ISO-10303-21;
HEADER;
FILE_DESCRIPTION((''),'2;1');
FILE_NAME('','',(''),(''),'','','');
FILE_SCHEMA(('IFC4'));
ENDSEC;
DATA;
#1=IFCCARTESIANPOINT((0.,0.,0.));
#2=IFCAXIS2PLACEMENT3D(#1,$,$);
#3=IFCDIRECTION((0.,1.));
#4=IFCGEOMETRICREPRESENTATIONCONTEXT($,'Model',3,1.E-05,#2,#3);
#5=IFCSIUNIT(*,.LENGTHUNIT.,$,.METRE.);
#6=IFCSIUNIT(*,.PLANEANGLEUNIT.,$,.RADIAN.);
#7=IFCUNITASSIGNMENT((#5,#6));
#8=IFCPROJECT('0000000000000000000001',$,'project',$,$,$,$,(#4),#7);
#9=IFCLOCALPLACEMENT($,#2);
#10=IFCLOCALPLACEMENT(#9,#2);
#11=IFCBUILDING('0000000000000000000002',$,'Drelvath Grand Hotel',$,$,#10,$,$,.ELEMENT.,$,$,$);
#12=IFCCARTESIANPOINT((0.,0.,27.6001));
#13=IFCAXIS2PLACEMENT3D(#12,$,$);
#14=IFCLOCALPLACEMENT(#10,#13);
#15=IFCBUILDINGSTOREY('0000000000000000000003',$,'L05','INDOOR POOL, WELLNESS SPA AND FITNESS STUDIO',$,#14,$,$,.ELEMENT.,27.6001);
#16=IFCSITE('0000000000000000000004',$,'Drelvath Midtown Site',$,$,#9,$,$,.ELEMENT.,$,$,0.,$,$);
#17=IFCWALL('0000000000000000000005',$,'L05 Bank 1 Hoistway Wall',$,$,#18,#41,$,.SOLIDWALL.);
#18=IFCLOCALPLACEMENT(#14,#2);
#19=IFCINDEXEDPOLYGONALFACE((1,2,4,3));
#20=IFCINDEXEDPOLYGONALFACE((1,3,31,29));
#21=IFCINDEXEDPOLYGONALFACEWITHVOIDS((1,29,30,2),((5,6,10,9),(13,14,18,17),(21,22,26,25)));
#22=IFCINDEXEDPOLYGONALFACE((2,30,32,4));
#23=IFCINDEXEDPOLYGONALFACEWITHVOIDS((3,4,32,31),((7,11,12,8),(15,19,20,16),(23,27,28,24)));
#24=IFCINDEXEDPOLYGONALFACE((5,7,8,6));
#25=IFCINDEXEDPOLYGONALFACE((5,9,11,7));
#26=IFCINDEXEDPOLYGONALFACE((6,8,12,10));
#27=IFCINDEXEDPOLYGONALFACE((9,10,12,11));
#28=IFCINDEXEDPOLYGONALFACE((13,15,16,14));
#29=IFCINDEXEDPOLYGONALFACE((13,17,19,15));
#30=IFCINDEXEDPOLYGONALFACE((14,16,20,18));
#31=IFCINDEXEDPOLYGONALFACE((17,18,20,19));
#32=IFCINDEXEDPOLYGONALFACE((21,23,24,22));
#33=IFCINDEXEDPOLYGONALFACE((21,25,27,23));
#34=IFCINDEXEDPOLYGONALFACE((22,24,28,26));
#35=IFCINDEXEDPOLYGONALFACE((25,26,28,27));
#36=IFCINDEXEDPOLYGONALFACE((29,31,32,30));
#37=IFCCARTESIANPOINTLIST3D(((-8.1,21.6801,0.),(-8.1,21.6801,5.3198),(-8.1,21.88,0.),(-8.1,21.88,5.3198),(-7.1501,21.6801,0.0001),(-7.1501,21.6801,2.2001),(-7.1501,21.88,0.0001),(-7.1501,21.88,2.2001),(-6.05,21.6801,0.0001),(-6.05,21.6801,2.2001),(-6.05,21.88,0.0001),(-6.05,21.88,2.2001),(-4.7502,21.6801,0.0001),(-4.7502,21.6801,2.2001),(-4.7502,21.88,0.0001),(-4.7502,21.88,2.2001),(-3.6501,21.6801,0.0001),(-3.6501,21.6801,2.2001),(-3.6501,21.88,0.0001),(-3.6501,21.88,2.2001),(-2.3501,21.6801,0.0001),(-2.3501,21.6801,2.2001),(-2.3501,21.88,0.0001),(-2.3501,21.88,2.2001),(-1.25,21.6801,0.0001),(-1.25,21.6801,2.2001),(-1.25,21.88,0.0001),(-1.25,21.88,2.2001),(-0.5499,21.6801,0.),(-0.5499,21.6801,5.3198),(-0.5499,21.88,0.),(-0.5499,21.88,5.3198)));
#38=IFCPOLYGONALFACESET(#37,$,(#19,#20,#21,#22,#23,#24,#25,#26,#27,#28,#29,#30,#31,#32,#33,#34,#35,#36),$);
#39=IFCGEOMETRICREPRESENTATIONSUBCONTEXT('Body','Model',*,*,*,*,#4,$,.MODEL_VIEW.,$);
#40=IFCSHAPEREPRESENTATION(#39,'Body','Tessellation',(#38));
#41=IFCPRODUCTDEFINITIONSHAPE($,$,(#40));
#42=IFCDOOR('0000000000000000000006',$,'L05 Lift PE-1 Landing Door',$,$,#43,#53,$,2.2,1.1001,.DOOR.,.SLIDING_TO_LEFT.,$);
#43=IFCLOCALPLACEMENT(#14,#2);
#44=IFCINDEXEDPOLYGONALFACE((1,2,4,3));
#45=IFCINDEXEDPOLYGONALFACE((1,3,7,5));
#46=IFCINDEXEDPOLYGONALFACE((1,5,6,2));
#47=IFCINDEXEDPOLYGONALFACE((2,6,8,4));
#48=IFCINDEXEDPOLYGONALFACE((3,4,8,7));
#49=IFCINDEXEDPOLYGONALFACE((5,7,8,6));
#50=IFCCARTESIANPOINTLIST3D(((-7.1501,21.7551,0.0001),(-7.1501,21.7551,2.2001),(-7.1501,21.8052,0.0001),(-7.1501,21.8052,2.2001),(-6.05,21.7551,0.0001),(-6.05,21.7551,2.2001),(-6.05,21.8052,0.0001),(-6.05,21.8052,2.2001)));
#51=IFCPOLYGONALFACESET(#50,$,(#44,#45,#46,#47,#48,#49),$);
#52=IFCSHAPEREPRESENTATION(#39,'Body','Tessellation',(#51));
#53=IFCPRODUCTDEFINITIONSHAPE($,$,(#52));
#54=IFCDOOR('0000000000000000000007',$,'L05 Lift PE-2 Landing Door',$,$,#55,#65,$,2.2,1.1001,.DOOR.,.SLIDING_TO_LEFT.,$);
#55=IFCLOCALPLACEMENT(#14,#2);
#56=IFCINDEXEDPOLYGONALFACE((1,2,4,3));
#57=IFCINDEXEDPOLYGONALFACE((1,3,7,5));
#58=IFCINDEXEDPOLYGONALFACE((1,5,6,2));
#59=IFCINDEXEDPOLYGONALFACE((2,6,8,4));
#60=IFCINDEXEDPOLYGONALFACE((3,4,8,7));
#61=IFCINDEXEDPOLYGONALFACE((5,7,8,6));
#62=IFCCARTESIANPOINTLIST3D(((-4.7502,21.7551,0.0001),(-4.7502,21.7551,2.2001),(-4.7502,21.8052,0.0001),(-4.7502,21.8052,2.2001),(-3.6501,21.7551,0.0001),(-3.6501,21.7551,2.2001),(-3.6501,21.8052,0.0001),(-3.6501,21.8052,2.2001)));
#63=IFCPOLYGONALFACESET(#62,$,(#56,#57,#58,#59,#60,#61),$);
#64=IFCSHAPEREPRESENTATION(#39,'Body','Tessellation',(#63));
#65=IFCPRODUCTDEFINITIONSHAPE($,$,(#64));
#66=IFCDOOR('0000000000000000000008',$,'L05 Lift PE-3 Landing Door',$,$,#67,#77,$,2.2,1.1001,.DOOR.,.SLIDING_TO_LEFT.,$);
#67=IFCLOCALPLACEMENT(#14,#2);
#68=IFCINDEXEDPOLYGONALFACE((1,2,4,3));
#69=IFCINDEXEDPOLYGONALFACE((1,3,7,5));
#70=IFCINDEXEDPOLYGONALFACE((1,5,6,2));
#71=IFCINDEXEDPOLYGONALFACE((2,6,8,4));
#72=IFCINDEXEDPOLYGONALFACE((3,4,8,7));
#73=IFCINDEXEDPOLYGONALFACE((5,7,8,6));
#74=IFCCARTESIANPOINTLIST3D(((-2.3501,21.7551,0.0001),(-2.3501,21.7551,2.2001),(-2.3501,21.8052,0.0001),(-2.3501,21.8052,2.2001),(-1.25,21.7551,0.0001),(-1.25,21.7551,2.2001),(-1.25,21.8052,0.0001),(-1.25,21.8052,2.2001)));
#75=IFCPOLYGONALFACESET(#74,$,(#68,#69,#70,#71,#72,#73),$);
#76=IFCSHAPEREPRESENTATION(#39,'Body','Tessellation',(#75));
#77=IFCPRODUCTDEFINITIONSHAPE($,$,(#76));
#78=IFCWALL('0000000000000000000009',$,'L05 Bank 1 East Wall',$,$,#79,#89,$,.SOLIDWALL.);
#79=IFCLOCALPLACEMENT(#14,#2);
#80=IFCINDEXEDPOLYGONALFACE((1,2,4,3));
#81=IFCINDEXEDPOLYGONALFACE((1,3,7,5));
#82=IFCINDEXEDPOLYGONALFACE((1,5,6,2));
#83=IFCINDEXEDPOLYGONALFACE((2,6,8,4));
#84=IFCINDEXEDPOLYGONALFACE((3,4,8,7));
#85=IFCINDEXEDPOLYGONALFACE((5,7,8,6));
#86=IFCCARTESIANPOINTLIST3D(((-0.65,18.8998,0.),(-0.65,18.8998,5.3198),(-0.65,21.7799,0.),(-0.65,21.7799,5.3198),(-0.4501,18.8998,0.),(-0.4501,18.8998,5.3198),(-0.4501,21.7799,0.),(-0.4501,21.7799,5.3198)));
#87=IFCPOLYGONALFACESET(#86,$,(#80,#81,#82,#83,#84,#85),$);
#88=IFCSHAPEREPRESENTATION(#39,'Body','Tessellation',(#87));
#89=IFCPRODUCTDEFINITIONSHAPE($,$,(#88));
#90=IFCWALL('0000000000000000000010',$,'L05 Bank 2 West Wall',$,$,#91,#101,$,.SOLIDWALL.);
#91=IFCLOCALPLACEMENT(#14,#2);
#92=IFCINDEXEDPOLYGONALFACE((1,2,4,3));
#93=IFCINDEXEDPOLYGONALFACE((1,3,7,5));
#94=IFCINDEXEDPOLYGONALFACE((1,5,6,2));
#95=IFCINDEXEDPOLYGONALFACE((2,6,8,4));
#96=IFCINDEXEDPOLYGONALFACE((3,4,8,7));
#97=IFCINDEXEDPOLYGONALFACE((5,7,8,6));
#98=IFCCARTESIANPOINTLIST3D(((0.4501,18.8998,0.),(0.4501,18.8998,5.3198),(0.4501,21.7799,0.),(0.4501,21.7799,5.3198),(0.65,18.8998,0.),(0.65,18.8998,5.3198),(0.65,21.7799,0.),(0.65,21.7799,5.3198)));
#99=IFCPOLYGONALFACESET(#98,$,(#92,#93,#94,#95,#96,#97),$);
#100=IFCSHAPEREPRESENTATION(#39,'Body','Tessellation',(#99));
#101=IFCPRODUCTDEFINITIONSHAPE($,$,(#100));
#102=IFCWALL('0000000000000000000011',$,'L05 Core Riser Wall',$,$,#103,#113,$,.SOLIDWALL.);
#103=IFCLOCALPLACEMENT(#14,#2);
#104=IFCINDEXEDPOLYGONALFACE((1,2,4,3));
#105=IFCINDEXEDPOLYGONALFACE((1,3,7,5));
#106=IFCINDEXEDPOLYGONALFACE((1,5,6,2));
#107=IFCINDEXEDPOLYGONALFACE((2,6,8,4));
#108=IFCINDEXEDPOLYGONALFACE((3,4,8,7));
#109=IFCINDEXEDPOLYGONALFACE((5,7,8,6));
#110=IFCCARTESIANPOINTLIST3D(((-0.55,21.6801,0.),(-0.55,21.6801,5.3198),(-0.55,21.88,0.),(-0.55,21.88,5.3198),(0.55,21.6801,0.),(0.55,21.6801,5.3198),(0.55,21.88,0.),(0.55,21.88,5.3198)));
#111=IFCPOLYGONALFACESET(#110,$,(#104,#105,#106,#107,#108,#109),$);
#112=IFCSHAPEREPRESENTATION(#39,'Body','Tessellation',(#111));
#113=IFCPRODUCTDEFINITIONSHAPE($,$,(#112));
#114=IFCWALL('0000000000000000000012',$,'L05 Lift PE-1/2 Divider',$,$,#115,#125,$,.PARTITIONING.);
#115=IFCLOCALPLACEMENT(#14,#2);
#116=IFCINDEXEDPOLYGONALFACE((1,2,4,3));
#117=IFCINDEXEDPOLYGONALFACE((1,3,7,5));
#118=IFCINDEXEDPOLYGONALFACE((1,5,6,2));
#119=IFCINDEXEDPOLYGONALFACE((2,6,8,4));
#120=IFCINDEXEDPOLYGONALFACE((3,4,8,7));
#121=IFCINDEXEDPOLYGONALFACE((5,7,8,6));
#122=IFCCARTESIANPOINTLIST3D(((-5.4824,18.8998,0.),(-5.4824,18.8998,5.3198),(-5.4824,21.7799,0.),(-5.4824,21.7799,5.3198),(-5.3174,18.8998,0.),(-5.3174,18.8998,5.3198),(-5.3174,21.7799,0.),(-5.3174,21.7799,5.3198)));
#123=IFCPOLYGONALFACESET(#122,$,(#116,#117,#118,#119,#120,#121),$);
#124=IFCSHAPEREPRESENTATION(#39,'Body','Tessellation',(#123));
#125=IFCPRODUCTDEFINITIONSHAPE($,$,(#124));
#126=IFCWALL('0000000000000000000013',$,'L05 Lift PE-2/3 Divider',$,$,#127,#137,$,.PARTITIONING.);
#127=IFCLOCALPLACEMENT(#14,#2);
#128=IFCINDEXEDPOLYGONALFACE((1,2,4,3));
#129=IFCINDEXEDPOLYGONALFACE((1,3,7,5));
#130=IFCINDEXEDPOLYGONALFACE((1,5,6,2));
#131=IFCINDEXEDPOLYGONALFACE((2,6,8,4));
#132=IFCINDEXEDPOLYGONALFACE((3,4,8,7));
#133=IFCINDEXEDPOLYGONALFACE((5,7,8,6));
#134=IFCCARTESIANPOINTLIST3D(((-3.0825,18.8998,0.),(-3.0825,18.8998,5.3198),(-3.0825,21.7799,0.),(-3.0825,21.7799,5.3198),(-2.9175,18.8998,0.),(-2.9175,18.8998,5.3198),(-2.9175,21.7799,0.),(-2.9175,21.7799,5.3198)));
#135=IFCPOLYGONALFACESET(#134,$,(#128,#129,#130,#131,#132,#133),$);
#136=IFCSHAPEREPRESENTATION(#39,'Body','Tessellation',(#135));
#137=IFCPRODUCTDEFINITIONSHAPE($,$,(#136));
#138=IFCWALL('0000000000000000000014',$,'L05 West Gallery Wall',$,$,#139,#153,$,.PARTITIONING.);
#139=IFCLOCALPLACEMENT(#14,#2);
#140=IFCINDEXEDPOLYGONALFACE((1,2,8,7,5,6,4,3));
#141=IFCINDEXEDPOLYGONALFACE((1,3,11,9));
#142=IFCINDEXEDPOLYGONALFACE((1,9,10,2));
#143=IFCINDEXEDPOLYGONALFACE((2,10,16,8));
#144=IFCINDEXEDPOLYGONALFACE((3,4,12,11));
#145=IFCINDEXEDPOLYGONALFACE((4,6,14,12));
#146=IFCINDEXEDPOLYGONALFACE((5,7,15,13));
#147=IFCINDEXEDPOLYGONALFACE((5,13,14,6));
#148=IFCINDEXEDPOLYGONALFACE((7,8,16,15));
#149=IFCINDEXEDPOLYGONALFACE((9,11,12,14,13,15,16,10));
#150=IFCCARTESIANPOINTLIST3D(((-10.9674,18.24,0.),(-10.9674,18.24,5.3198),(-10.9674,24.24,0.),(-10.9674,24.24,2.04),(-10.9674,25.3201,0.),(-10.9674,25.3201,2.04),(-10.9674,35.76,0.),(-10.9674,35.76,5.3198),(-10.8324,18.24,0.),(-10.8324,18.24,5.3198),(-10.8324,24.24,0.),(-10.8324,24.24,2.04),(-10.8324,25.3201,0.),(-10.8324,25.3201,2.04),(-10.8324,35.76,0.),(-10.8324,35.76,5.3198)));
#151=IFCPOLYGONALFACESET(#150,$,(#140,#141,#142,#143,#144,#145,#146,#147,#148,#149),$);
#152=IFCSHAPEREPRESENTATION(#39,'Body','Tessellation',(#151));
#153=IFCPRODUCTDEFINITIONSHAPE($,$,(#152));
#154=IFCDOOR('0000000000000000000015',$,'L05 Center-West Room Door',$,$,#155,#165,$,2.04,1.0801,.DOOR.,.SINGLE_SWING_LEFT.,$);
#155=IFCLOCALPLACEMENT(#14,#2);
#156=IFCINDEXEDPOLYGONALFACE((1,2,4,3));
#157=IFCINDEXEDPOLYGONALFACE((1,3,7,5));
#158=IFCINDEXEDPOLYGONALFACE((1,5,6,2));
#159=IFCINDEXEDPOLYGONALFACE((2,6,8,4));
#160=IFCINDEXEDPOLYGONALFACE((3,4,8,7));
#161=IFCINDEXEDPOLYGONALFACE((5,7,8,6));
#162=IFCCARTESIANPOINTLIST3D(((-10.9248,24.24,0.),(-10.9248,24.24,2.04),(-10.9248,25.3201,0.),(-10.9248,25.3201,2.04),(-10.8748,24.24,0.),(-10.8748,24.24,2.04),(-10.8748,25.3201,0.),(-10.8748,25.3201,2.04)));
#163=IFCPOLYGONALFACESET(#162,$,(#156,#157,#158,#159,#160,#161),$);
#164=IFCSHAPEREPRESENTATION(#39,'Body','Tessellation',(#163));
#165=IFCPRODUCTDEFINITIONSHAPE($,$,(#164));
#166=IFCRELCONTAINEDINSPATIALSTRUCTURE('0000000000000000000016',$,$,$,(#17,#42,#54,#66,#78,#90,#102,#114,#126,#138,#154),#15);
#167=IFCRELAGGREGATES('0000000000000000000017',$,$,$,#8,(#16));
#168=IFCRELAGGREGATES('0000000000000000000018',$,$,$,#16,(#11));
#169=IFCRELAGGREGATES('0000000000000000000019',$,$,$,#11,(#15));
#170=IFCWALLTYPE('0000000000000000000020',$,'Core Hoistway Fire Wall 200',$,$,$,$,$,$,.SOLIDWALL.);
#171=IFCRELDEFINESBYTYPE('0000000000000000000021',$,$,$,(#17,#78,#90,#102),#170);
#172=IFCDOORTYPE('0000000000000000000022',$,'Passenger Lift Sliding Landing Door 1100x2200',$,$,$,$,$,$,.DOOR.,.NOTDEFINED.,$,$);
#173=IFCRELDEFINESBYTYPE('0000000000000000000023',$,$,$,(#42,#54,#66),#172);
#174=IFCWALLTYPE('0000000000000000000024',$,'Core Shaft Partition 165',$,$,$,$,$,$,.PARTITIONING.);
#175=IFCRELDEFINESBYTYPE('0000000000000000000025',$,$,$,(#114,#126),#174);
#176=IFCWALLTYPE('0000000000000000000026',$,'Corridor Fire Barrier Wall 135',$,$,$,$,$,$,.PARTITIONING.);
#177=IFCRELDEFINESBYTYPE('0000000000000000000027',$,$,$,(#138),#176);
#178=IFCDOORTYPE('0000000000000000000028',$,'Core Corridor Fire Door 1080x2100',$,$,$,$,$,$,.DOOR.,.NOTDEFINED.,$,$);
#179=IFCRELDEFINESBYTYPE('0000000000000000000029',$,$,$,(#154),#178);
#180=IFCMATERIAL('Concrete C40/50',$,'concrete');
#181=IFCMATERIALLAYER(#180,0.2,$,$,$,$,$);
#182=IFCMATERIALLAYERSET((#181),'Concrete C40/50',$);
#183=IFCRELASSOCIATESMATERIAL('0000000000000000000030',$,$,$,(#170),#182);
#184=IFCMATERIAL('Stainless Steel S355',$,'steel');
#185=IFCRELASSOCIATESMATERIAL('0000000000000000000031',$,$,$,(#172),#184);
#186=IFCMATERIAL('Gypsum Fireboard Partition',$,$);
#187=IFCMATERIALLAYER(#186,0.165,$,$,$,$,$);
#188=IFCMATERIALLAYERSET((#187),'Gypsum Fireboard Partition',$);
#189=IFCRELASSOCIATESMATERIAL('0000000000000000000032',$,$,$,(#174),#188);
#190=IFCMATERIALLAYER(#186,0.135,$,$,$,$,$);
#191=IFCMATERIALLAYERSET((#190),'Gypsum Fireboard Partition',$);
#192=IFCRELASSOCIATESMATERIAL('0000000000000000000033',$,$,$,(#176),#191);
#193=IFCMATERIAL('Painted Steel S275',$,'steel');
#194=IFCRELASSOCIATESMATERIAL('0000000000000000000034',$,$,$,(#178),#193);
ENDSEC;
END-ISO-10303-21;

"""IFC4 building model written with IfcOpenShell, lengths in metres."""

from ifc_helpers import new_model, si_unit, direction, frame, frame_2d, origin, place, context, subcontext, project, spatial, rectangle, extrude, material, layer, layer_set, type_object, element, fill, save


model = new_model("IFC4")

# Units and contexts
model_context = context("Model", 3, precision=1e-05, world=origin(), true_north=direction((0.0, 1.0)))
body_context = subcontext(model_context, "Body", "Model", "MODEL_VIEW")
ifc_project = project(units=[si_unit("LENGTHUNIT", "METRE"), si_unit("PLANEANGLEUNIT", "RADIAN")], contexts=[model_context])

# Site, building, storey
site_placement = place(None, origin())
site = spatial("IfcSite", under=ifc_project, at=site_placement, Name="Drelvath Midtown Site", CompositionType="ELEMENT", RefElevation=0.0)
building_placement = place(site_placement, origin())
building = spatial("IfcBuilding", under=site, at=building_placement, Name="Drelvath Grand Hotel", CompositionType="ELEMENT")
storey_placement = place(building_placement, frame((0.0, 0.0, 27.6001)))
storey = spatial("IfcBuildingStorey", under=building, at=storey_placement, Name="L05", Description="INDOOR POOL, WELLNESS SPA AND FITNESS STUDIO", CompositionType="ELEMENT", Elevation=27.6001)

# Wall, openings, doors
ifc_material_1 = material(Name="Concrete C40/50", Category="concrete")
ifc_layer_1 = layer(ifc_material_1, 0.2)
ifc_layer_set_1 = layer_set([ifc_layer_1], Name="Concrete C40/50")
wall_type_1 = type_object("IfcWallType", Name="Core Hoistway Fire Wall 200", PredefinedType="SOLIDWALL", material=ifc_layer_set_1)
wall_1_placement = place(storey_placement, frame((-0.55, 21.78, 0.0), z_axis=(0.0, 0.0, 1.0), x_axis=(-1.0, 0.0, 0.0)))
wall_1 = element("IfcWall", 1, at=wall_1_placement, inside=storey, type_object=wall_type_1, Name="L05 Bank 1 Hoistway Wall", PredefinedType="SOLIDWALL", context=body_context, shape_type="SweptSolid", body=[
    extrude(rectangle(XDim=7.55, YDim=0.2, at=frame_2d((3.7749, 0.0))), origin(), (0.0, 0.0, 1.0), 5.3198),
])
opening_1_placement = place(wall_1_placement, frame((5.5, 0.0, 0.0)))
opening_1 = element("IfcOpeningElement", 2, at=opening_1_placement, cuts=wall_1, PredefinedType="OPENING", context=body_context, shape_type="SweptSolid", body=[
    extrude(rectangle(XDim=1.1001, YDim=2.2, at=frame_2d((0.55, 1.1001))), frame((0.0, 0.1099, 0.0), z_axis=(0.0, -1.0, 0.0), x_axis=(1.0, 0.0, 0.0)), (0.0, 0.0, 1.0), 0.22),
])
opening_2_placement = place(wall_1_placement, frame((3.1001, 0.0, 0.0)))
opening_2 = element("IfcOpeningElement", 3, at=opening_2_placement, cuts=wall_1, PredefinedType="OPENING", context=body_context, shape_type="SweptSolid", body=[
    extrude(rectangle(XDim=1.1001, YDim=2.2, at=frame_2d((0.55, 1.1001))), frame((0.0, 0.1099, 0.0), z_axis=(0.0, -1.0, 0.0), x_axis=(1.0, 0.0, 0.0)), (0.0, 0.0, 1.0), 0.22),
])
opening_3_placement = place(wall_1_placement, frame((0.7, 0.0, 0.0)))
opening_3 = element("IfcOpeningElement", 4, at=opening_3_placement, cuts=wall_1, PredefinedType="OPENING", context=body_context, shape_type="SweptSolid", body=[
    extrude(rectangle(XDim=1.1001, YDim=2.2, at=frame_2d((0.55, 1.1001))), frame((0.0, 0.1099, 0.0), z_axis=(0.0, -1.0, 0.0), x_axis=(1.0, 0.0, 0.0)), (0.0, 0.0, 1.0), 0.22),
])
ifc_material_2 = material(Name="Stainless Steel S355", Category="steel")
door_type_1 = type_object("IfcDoorType", Name="Passenger Lift Sliding Landing Door 1100x2200", OperationType="NOTDEFINED", PredefinedType="DOOR", material=ifc_material_2)
door_1_placement = place(opening_1_placement, origin())
door_1 = element("IfcDoor", 5, at=door_1_placement, inside=storey, type_object=door_type_1, Name="L05 Lift PE-1 Landing Door", OperationType="SLIDING_TO_LEFT", OverallHeight=2.2, OverallWidth=1.1001, PredefinedType="DOOR", context=body_context, shape_type="SweptSolid", body=[
    extrude(rectangle(XDim=1.1001, YDim=2.2, at=frame_2d((0.55, 1.1001))), frame((0.0, 0.0249, 0.0), z_axis=(0.0, -1.0, 0.0), x_axis=(1.0, 0.0, 0.0)), (0.0, 0.0, 1.0), 0.05),
])
fill(opening_1, door_1)
door_2_placement = place(opening_2_placement, origin())
door_2 = element("IfcDoor", 6, at=door_2_placement, inside=storey, type_object=door_type_1, Name="L05 Lift PE-2 Landing Door", OperationType="SLIDING_TO_LEFT", OverallHeight=2.2, OverallWidth=1.1001, PredefinedType="DOOR", context=body_context, shape_type="SweptSolid", body=[
    extrude(rectangle(XDim=1.1001, YDim=2.2, at=frame_2d((0.55, 1.1001))), frame((0.0, 0.0249, 0.0), z_axis=(0.0, -1.0, 0.0), x_axis=(1.0, 0.0, 0.0)), (0.0, 0.0, 1.0), 0.05),
])
fill(opening_2, door_2)
door_3_placement = place(opening_3_placement, origin())
door_3 = element("IfcDoor", 7, at=door_3_placement, inside=storey, type_object=door_type_1, Name="L05 Lift PE-3 Landing Door", OperationType="SLIDING_TO_LEFT", OverallHeight=2.2, OverallWidth=1.1001, PredefinedType="DOOR", context=body_context, shape_type="SweptSolid", body=[
    extrude(rectangle(XDim=1.1001, YDim=2.2, at=frame_2d((0.55, 1.1001))), frame((0.0, 0.0249, 0.0), z_axis=(0.0, -1.0, 0.0), x_axis=(1.0, 0.0, 0.0)), (0.0, 0.0, 1.0), 0.05),
])
fill(opening_3, door_3)

# Walls
for number, where, z_axis, x_axis, name in (
    (8, (-0.55, 18.8999, 0.0), (0.0, 0.0, 1.0), (0.0, 1.0, 0.0), "L05 Bank 1 East Wall"),
    (9, (0.55, 18.8999, 0.0), (0.0, 0.0, 1.0), (0.0, 1.0, 0.0), "L05 Bank 2 West Wall"),
):
    element("IfcWall", number, at=place(storey_placement, frame(where, z_axis=z_axis, x_axis=x_axis)), inside=storey, type_object=wall_type_1, Name=name, PredefinedType="SOLIDWALL", context=body_context, shape_type="SweptSolid", body=[
        extrude(rectangle(XDim=2.8801, YDim=0.2, at=frame_2d((1.4399, 0.0))), origin(), (0.0, 0.0, 1.0), 5.3198),
    ])
wall_2_placement = place(storey_placement, frame((-0.55, 21.78, 0.0), z_axis=(0.0, 0.0, 1.0), x_axis=(1.0, 0.0, 0.0)))
element("IfcWall", 10, at=wall_2_placement, inside=storey, type_object=wall_type_1, Name="L05 Core Riser Wall", PredefinedType="SOLIDWALL", context=body_context, shape_type="SweptSolid", body=[
    extrude(rectangle(XDim=1.1001, YDim=0.2, at=frame_2d((0.55, 0.0))), origin(), (0.0, 0.0, 1.0), 5.3198),
])
ifc_material_3 = material(Name="Gypsum Fireboard Partition")
ifc_layer_2 = layer(ifc_material_3, 0.165)
ifc_layer_set_2 = layer_set([ifc_layer_2], Name="Gypsum Fireboard Partition")
wall_type_2 = type_object("IfcWallType", Name="Core Shaft Partition 165", PredefinedType="PARTITIONING", material=ifc_layer_set_2)
for number, where, z_axis, x_axis, name in (
    (11, (-5.3999, 18.8999, 0.0), (0.0, 0.0, 1.0), (0.0, 1.0, 0.0), "L05 Lift PE-1/2 Divider"),
    (12, (-3.0, 18.8999, 0.0), (0.0, 0.0, 1.0), (0.0, 1.0, 0.0), "L05 Lift PE-2/3 Divider"),
):
    element("IfcWall", number, at=place(storey_placement, frame(where, z_axis=z_axis, x_axis=x_axis)), inside=storey, type_object=wall_type_2, Name=name, PredefinedType="PARTITIONING", context=body_context, shape_type="SweptSolid", body=[
        extrude(rectangle(XDim=2.8801, YDim=0.165, at=frame_2d((1.4399, 0.0))), origin(), (0.0, 0.0, 1.0), 5.3198),
    ])

# Wall, opening, door
ifc_layer_3 = layer(ifc_material_3, 0.135)
ifc_layer_set_3 = layer_set([ifc_layer_3], Name="Gypsum Fireboard Partition")
wall_type_3 = type_object("IfcWallType", Name="Corridor Fire Barrier Wall 135", PredefinedType="PARTITIONING", material=ifc_layer_set_3)
wall_3_placement = place(storey_placement, frame((-10.8999, 18.24, 0.0), z_axis=(0.0, 0.0, 1.0), x_axis=(0.0, 1.0, 0.0)))
wall_3 = element("IfcWall", 13, at=wall_3_placement, inside=storey, type_object=wall_type_3, Name="L05 West Gallery Wall", PredefinedType="PARTITIONING", context=body_context, shape_type="SweptSolid", body=[
    extrude(rectangle(XDim=17.52, YDim=0.135, at=frame_2d((8.76, 0.0))), origin(), (0.0, 0.0, 1.0), 5.3198),
])
opening_4_placement = place(wall_3_placement, frame((6.0, 0.0, 0.0)))
opening_4 = element("IfcOpeningElement", 14, at=opening_4_placement, cuts=wall_3, PredefinedType="OPENING", context=body_context, shape_type="SweptSolid", body=[
    extrude(rectangle(XDim=1.0801, YDim=2.04, at=frame_2d((0.54, 1.02))), frame((0.0, 0.0774, 0.0), z_axis=(0.0, -1.0, 0.0), x_axis=(1.0, 0.0, 0.0)), (0.0, 0.0, 1.0), 0.155),
])
ifc_material_4 = material(Name="Painted Steel S275", Category="steel")
door_type_2 = type_object("IfcDoorType", Name="Core Corridor Fire Door 1080x2100", OperationType="NOTDEFINED", PredefinedType="DOOR", material=ifc_material_4)
door_4_placement = place(opening_4_placement, origin())
door_4 = element("IfcDoor", 15, at=door_4_placement, inside=storey, type_object=door_type_2, Name="L05 Center-West Room Door", OperationType="SINGLE_SWING_LEFT", OverallHeight=2.04, OverallWidth=1.0801, PredefinedType="DOOR", context=body_context, shape_type="SweptSolid", body=[
    extrude(rectangle(XDim=1.0801, YDim=2.04, at=frame_2d((0.54, 1.02))), frame((0.0, 0.0249, 0.0), z_axis=(0.0, -1.0, 0.0), x_axis=(1.0, 0.0, 0.0)), (0.0, 0.0, 1.0), 0.05),
])
fill(opening_4, door_4)

save(model, "model.ifc")
